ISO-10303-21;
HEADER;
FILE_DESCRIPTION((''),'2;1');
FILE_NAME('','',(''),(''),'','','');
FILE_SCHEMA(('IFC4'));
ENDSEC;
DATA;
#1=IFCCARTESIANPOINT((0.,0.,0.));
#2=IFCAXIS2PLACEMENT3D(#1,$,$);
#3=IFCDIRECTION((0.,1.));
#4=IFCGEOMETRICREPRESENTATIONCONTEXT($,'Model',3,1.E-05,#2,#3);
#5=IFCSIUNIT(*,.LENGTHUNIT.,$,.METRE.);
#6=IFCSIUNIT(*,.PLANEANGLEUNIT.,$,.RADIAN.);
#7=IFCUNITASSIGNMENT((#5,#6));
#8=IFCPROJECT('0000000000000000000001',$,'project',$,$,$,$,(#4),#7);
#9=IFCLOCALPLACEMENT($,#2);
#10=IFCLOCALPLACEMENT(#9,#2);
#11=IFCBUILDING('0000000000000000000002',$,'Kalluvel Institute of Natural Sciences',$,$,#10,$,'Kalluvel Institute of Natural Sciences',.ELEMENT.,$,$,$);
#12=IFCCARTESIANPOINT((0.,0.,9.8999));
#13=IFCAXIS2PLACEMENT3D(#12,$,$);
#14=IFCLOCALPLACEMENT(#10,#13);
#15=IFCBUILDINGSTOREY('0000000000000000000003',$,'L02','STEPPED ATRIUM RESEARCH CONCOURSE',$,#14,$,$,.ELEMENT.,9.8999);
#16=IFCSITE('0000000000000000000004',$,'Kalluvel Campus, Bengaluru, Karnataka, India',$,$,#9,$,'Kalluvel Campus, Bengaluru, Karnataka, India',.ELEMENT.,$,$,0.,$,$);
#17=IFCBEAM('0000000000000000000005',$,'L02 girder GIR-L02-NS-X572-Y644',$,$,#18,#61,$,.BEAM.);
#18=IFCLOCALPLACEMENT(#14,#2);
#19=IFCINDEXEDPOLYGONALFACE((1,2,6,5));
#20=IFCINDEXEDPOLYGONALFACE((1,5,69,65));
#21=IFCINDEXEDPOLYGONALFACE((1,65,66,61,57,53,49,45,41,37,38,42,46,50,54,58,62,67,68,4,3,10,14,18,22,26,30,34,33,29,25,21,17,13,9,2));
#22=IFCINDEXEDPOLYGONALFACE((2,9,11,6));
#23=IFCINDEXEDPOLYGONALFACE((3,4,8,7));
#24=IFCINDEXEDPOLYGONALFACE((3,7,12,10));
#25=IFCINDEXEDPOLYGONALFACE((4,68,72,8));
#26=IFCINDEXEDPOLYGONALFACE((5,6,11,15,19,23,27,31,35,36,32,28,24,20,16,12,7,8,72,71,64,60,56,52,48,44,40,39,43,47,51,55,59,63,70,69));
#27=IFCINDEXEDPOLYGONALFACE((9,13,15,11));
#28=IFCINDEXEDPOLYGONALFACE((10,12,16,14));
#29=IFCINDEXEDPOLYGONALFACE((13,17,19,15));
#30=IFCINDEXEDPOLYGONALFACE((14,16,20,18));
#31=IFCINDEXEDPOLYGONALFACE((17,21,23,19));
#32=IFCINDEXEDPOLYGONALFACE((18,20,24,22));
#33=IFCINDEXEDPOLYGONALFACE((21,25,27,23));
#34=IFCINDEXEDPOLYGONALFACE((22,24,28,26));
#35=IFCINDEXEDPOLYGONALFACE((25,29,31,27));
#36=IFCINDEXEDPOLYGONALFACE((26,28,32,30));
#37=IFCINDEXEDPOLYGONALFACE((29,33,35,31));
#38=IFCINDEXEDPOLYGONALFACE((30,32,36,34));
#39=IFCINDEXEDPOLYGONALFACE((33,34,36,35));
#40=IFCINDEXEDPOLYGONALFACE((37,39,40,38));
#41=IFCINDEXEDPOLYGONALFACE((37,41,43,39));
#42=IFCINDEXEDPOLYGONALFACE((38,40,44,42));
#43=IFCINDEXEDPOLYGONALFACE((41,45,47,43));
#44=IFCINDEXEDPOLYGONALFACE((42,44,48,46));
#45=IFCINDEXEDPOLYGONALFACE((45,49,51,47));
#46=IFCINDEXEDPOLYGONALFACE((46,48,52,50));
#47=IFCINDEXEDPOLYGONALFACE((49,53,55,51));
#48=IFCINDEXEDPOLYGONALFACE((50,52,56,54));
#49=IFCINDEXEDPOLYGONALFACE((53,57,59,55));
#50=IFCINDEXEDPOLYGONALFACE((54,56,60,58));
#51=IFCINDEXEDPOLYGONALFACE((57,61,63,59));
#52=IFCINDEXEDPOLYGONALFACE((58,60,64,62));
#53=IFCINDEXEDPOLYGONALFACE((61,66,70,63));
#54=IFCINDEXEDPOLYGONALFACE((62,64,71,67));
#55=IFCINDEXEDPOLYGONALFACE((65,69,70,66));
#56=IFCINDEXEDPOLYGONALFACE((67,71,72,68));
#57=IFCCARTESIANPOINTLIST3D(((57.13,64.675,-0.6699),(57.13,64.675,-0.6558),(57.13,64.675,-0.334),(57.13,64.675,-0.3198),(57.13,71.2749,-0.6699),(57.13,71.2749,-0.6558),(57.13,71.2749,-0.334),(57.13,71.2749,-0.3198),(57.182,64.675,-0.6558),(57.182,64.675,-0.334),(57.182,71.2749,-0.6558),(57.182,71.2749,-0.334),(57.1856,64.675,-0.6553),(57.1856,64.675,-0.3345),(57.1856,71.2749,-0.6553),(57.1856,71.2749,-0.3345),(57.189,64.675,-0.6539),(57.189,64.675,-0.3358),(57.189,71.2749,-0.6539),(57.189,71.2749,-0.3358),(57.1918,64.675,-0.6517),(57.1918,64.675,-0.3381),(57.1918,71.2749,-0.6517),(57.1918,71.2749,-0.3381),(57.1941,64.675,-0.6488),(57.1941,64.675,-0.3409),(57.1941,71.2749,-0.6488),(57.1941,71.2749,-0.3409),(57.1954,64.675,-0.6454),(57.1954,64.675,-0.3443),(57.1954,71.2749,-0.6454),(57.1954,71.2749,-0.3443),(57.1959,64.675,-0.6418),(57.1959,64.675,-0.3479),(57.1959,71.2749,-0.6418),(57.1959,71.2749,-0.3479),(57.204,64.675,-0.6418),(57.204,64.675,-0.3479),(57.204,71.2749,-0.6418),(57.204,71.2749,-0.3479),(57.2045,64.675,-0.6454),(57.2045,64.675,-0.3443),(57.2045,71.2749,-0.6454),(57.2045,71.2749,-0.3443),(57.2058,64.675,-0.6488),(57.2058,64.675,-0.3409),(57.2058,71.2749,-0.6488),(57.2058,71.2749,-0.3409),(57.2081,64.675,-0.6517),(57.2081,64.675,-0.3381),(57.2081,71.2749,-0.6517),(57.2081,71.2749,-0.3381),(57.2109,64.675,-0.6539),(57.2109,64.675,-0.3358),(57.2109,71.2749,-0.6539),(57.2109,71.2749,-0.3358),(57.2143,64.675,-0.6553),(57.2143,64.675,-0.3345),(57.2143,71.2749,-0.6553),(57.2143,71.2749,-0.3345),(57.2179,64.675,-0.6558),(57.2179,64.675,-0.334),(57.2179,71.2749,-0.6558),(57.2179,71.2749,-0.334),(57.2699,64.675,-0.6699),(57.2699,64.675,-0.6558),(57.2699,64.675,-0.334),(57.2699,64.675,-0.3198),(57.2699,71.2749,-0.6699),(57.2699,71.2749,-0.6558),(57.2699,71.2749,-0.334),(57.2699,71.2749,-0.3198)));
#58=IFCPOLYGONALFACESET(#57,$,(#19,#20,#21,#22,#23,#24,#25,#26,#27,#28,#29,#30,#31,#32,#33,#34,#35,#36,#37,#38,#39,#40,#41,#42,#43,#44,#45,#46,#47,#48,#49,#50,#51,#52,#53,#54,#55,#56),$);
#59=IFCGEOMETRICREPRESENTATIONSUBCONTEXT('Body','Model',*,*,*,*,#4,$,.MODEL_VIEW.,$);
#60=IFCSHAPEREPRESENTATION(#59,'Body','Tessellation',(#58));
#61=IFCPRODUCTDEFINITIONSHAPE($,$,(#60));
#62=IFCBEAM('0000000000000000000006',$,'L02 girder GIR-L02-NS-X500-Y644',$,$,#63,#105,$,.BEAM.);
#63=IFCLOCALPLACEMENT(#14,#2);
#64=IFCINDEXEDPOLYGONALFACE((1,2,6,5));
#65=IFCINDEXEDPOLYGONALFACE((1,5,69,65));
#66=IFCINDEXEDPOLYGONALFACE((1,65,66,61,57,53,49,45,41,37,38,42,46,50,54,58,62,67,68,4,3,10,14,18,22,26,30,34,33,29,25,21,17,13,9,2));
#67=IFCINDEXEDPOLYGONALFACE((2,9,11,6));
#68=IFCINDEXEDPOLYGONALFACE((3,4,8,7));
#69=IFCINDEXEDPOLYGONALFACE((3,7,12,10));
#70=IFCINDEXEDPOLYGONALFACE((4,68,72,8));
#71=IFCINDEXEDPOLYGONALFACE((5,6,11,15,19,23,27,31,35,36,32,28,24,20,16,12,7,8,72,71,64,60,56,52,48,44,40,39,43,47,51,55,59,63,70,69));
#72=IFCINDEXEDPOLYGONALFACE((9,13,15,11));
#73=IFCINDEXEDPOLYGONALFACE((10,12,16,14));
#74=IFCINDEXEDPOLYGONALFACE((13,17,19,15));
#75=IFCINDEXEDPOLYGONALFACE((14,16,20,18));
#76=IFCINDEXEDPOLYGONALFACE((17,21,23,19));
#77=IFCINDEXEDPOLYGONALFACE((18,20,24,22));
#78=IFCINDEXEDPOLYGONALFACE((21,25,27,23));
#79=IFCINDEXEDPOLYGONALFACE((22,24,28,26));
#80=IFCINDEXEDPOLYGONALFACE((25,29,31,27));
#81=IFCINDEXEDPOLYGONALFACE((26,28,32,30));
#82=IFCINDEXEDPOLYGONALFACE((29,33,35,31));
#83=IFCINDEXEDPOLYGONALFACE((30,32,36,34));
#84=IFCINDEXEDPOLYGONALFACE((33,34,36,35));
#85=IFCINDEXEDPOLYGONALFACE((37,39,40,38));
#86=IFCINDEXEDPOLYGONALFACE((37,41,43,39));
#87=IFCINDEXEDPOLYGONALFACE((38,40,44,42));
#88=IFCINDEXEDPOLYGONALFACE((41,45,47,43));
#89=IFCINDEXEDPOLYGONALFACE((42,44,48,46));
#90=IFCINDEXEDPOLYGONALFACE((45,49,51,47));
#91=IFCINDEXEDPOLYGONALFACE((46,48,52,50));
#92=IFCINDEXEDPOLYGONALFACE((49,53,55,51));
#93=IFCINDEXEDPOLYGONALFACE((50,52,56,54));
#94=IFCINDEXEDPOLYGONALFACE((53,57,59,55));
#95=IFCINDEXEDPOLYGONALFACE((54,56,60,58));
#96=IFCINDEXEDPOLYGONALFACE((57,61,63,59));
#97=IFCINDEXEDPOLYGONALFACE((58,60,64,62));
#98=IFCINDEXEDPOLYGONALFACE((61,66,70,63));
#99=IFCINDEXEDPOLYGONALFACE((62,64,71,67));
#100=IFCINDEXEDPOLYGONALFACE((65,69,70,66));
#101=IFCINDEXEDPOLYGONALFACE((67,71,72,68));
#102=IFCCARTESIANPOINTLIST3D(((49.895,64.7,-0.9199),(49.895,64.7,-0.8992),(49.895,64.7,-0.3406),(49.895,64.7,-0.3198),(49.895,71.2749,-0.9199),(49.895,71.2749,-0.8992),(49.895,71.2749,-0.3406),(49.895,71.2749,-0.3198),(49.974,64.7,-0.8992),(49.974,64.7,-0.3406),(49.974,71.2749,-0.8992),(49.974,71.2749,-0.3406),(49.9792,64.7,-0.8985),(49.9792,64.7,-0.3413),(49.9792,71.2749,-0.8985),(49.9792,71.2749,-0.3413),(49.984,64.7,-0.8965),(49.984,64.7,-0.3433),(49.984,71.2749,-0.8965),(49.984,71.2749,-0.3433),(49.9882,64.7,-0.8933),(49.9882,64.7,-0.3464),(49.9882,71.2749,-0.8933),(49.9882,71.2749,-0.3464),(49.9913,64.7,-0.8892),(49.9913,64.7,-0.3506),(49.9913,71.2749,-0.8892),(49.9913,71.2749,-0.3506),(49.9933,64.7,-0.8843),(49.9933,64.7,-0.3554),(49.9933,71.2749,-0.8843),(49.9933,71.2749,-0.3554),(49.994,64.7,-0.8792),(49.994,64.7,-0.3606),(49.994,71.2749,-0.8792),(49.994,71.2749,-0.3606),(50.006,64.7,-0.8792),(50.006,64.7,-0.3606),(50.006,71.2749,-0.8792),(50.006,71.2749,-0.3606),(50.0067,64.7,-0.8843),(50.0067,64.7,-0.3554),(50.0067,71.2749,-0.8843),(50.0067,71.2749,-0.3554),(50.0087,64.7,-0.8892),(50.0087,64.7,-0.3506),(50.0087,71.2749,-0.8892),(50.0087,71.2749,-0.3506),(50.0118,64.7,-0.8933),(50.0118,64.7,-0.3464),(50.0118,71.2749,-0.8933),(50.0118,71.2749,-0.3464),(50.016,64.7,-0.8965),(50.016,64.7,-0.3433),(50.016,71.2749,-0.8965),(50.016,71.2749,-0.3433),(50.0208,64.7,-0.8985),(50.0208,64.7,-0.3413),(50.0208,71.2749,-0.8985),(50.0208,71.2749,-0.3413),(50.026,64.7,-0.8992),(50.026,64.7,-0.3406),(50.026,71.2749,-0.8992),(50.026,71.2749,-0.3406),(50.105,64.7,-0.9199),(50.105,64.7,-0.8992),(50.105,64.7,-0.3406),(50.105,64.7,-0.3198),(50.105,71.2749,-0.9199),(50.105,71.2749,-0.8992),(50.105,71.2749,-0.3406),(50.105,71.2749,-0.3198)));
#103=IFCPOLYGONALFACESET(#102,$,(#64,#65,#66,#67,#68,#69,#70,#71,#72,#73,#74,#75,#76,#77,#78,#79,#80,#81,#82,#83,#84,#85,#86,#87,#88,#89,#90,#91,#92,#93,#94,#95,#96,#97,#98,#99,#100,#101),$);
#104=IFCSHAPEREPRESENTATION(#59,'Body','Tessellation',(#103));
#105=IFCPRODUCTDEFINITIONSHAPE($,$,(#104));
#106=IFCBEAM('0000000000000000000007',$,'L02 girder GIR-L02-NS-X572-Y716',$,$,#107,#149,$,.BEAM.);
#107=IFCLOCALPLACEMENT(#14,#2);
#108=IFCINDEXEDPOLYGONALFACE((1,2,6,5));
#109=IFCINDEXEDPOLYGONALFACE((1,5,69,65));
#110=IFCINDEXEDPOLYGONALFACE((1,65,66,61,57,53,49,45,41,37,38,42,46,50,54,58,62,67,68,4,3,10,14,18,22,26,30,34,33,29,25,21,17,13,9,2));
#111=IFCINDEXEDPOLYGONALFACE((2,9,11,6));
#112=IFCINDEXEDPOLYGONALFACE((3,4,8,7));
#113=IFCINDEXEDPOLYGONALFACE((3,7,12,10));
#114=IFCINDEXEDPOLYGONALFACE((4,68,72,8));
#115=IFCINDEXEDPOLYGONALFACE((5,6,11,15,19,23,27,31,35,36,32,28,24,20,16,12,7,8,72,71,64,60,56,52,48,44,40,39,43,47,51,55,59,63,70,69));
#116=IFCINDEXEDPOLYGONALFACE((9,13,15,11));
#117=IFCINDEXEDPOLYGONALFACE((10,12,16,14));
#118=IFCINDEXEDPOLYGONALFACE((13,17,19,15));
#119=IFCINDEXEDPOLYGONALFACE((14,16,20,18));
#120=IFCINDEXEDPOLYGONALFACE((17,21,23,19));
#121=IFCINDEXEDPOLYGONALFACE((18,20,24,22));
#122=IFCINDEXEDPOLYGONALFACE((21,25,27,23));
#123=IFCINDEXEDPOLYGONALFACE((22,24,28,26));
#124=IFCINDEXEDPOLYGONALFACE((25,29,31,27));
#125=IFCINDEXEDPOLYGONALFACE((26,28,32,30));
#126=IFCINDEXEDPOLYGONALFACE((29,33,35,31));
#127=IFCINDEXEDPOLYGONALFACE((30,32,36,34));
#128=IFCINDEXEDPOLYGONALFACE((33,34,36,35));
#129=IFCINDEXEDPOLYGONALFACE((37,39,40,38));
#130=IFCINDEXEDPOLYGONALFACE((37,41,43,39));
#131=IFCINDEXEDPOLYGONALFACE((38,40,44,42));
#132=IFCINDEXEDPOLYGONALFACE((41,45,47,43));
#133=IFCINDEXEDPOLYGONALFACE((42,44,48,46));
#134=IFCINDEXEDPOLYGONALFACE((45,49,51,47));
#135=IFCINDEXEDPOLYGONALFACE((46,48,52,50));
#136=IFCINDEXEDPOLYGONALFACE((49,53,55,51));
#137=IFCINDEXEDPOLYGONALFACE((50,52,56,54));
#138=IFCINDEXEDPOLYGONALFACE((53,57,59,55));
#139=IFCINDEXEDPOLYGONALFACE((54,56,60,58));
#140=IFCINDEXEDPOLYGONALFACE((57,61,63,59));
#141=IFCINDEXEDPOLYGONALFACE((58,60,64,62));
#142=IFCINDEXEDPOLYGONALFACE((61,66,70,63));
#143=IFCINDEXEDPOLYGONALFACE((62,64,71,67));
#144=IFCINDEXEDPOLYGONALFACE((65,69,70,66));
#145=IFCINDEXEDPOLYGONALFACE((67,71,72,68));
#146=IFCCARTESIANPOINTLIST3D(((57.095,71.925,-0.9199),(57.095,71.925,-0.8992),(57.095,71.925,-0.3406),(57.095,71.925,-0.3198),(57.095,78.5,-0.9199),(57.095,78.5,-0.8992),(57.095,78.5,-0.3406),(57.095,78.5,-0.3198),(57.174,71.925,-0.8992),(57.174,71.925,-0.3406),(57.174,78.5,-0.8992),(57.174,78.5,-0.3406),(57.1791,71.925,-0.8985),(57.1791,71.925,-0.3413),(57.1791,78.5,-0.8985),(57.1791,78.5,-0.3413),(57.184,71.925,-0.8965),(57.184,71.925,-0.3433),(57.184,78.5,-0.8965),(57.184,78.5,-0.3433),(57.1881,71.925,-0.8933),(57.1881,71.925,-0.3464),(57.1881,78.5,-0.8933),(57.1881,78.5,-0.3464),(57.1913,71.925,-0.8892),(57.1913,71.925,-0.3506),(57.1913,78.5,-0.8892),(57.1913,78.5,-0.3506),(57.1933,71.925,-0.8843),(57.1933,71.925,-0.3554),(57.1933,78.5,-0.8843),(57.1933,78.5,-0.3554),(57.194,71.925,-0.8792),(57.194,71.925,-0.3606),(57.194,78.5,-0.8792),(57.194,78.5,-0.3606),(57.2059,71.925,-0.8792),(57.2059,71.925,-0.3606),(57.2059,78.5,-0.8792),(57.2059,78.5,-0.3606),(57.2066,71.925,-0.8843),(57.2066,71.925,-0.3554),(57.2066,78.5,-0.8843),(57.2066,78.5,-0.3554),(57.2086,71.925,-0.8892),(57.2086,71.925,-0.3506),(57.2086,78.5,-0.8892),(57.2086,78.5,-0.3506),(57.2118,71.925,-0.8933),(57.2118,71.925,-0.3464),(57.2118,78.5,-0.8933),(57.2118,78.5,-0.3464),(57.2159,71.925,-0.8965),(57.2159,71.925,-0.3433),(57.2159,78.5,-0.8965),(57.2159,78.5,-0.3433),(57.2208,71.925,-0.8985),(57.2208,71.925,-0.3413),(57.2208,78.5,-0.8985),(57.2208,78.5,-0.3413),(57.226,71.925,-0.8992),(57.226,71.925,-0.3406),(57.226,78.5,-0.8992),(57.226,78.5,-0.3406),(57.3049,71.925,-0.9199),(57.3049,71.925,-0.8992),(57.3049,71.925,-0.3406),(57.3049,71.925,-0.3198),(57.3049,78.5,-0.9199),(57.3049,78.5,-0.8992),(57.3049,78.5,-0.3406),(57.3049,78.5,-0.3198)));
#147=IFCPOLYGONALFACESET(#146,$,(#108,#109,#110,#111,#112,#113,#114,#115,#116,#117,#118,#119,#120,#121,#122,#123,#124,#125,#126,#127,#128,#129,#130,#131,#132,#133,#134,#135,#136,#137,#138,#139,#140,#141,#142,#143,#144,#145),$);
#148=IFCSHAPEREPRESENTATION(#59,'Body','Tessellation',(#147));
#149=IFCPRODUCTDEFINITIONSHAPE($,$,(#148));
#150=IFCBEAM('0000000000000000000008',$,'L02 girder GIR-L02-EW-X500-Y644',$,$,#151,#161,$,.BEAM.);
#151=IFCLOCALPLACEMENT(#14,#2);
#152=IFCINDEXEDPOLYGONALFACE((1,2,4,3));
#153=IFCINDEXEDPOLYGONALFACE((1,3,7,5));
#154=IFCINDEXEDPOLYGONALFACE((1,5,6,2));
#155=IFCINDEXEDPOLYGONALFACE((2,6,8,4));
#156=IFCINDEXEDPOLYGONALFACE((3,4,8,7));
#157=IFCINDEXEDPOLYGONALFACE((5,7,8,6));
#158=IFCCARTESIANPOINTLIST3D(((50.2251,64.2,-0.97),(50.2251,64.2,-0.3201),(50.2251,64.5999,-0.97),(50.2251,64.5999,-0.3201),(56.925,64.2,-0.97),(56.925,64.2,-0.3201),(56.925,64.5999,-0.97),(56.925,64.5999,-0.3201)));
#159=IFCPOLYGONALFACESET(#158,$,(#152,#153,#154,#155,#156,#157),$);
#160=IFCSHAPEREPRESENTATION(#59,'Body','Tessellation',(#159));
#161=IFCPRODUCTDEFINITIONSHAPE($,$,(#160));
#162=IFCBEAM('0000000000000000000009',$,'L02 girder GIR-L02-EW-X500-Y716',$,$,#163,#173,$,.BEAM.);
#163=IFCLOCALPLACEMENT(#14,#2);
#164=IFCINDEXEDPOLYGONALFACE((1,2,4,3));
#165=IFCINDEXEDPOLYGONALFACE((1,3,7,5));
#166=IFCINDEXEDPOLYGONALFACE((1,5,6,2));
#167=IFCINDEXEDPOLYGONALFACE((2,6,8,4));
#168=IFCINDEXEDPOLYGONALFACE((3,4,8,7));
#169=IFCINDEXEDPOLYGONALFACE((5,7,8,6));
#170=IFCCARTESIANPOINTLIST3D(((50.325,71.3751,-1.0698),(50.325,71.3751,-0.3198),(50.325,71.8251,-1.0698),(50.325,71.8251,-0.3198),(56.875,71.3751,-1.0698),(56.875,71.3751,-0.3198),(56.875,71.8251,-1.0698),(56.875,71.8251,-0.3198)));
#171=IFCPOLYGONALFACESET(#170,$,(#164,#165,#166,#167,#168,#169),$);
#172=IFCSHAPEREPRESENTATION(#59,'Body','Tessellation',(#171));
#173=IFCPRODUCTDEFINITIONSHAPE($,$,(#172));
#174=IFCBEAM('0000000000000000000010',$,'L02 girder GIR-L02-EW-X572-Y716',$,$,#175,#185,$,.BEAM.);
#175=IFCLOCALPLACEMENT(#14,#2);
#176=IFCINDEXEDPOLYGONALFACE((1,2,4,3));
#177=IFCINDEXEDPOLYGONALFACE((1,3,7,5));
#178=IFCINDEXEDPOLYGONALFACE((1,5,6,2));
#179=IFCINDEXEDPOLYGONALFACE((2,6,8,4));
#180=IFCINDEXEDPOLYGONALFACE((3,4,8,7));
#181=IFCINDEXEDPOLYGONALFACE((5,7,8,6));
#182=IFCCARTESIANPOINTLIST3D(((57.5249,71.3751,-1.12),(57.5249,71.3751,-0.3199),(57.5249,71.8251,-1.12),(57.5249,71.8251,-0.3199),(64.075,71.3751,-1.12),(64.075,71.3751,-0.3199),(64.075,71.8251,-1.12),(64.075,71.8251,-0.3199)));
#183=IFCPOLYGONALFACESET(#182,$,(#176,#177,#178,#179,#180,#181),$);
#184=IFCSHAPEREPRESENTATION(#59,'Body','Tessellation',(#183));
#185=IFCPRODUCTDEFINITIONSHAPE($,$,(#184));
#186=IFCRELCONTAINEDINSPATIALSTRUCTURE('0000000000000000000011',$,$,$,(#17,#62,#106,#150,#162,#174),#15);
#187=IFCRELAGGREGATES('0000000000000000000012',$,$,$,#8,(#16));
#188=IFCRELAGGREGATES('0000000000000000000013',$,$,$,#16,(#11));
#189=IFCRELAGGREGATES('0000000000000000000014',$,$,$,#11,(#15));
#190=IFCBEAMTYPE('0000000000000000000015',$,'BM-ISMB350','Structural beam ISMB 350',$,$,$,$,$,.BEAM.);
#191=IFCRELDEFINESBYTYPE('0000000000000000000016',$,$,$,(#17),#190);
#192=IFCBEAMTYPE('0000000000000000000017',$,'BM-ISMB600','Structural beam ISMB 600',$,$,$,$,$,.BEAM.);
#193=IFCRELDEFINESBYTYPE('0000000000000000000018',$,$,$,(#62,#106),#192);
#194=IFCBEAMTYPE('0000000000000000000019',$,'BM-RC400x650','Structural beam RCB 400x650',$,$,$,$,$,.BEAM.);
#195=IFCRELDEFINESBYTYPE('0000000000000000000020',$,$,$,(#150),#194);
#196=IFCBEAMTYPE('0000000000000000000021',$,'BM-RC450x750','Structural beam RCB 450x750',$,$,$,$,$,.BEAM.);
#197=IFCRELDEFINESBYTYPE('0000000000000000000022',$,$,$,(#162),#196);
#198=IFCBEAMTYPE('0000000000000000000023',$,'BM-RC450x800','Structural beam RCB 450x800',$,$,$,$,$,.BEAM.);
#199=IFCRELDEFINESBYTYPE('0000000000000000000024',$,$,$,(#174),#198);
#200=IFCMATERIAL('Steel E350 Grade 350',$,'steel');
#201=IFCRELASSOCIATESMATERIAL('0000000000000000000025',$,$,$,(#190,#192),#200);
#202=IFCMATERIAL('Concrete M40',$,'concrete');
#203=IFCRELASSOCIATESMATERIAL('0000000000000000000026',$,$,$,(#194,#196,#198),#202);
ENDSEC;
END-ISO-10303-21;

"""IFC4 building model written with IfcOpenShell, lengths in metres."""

from ifc_helpers import new_model, si_unit, direction, frame, origin, origin_2d, place, context, subcontext, project, spatial, rectangle, i_section, extrude, material, material_profile, profile_set, type_object, element, save


model = new_model("IFC4")

# Units and contexts
model_context = context("Model", 3, precision=1e-05, world=origin(), true_north=direction((0.0, 1.0)))
body_context = subcontext(model_context, "Body", "Model", "MODEL_VIEW")
ifc_project = project(units=[si_unit("LENGTHUNIT", "METRE"), si_unit("PLANEANGLEUNIT", "RADIAN")], contexts=[model_context])

# Site, building, storey
site_placement = place(None, origin())
site = spatial("IfcSite", under=ifc_project, at=site_placement, Name="Kalluvel Campus, Bengaluru, Karnataka, India", LongName="Kalluvel Campus, Bengaluru, Karnataka, India", CompositionType="ELEMENT", RefElevation=0.0)
building_placement = place(site_placement, origin())
building = spatial("IfcBuilding", under=site, at=building_placement, Name="Kalluvel Institute of Natural Sciences", LongName="Kalluvel Institute of Natural Sciences", CompositionType="ELEMENT")
storey_placement = place(building_placement, frame((0.0, 0.0, 9.8999)))
storey = spatial("IfcBuildingStorey", under=building, at=storey_placement, Name="L02", Description="STEPPED ATRIUM RESEARCH CONCOURSE", CompositionType="ELEMENT", Elevation=9.8999)

# Shared definitions
ifc_material_1 = material(Name="Concrete M40", Category="concrete")

# Beams
ifc_material_2 = material(Name="Steel E350 Grade 350", Category="steel")
ifc_material_profile_1 = material_profile(ifc_material_2, i_section(OverallWidth=0.1399, OverallDepth=0.3501, WebThickness=0.0081, FlangeThickness=0.0142, FilletRadius=0.0139, at=origin_2d()), Name="ISMB 350")
ifc_profile_set_1 = profile_set([ifc_material_profile_1], Name="Steel E350 Grade 350")
beam_type_1 = type_object("IfcBeamType", Name="BM-ISMB350", Description="Structural beam ISMB 350", PredefinedType="BEAM", material=ifc_profile_set_1)
beam_1_placement = place(storey_placement, frame((57.2, 64.675, -0.4949), z_axis=(0.0, 1.0, 0.0), x_axis=(-1.0, 0.0, 0.0)))
element("IfcBeam", 1, at=beam_1_placement, inside=storey, type_object=beam_type_1, Name="L02 girder GIR-L02-NS-X572-Y644", PredefinedType="BEAM", context=body_context, shape_type="SweptSolid", body=[
    extrude(i_section(OverallWidth=0.1399, OverallDepth=0.3501, WebThickness=0.0081, FlangeThickness=0.0142, FilletRadius=0.0139, at=origin_2d()), origin(), (0.0, 0.0, 1.0), 6.5999),
])
ifc_material_profile_2 = material_profile(ifc_material_2, i_section(OverallWidth=0.21, OverallDepth=0.6001, WebThickness=0.012, FlangeThickness=0.0208, FilletRadius=0.02, at=origin_2d()), Name="ISMB 600")
ifc_profile_set_2 = profile_set([ifc_material_profile_2], Name="Steel E350 Grade 350")
beam_type_2 = type_object("IfcBeamType", Name="BM-ISMB600", Description="Structural beam ISMB 600", PredefinedType="BEAM", material=ifc_profile_set_2)
for number, where, z_axis, x_axis, name in (
    (2, (50.0, 64.7, -0.6199), (0.0, 1.0, 0.0), (-1.0, 0.0, 0.0), "L02 girder GIR-L02-NS-X500-Y644"),
    (3, (57.2, 71.925, -0.6199), (0.0, 1.0, 0.0), (-1.0, 0.0, 0.0), "L02 girder GIR-L02-NS-X572-Y716"),
):
    element("IfcBeam", number, at=place(storey_placement, frame(where, z_axis=z_axis, x_axis=x_axis)), inside=storey, type_object=beam_type_2, Name=name, PredefinedType="BEAM", context=body_context, shape_type="SweptSolid", body=[
        extrude(i_section(OverallWidth=0.21, OverallDepth=0.6001, WebThickness=0.012, FlangeThickness=0.0208, FilletRadius=0.02, at=origin_2d()), origin(), (0.0, 0.0, 1.0), 6.575),
    ])
ifc_material_profile_3 = material_profile(ifc_material_1, rectangle(XDim=0.3999, YDim=0.6499, at=origin_2d()), Name="RCB 400x650")
ifc_profile_set_3 = profile_set([ifc_material_profile_3], Name="Concrete M40")
beam_type_3 = type_object("IfcBeamType", Name="BM-RC400x650", Description="Structural beam RCB 400x650", PredefinedType="BEAM", material=ifc_profile_set_3)
beam_2_placement = place(storey_placement, frame((50.2251, 64.3999, -0.645), z_axis=(1.0, 0.0, 0.0), x_axis=(0.0, 1.0, 0.0)))
element("IfcBeam", 4, at=beam_2_placement, inside=storey, type_object=beam_type_3, Name="L02 girder GIR-L02-EW-X500-Y644", PredefinedType="BEAM", context=body_context, shape_type="SweptSolid", body=[
    extrude(rectangle(XDim=0.3999, YDim=0.6499, at=origin_2d()), origin(), (0.0, 0.0, 1.0), 6.7),
])
ifc_material_profile_4 = material_profile(ifc_material_1, rectangle(XDim=0.45, YDim=0.75, at=origin_2d()), Name="RCB 450x750")
ifc_profile_set_4 = profile_set([ifc_material_profile_4], Name="Concrete M40")
beam_type_4 = type_object("IfcBeamType", Name="BM-RC450x750", Description="Structural beam RCB 450x750", PredefinedType="BEAM", material=ifc_profile_set_4)
beam_3_placement = place(storey_placement, frame((50.325, 71.6001, -0.6948), z_axis=(1.0, 0.0, 0.0), x_axis=(0.0, 1.0, 0.0)))
element("IfcBeam", 5, at=beam_3_placement, inside=storey, type_object=beam_type_4, Name="L02 girder GIR-L02-EW-X500-Y716", PredefinedType="BEAM", context=body_context, shape_type="SweptSolid", body=[
    extrude(rectangle(XDim=0.45, YDim=0.75, at=origin_2d()), origin(), (0.0, 0.0, 1.0), 6.55),
])
ifc_material_profile_5 = material_profile(ifc_material_1, rectangle(XDim=0.45, YDim=0.8, at=origin_2d()), Name="RCB 450x800")
ifc_profile_set_5 = profile_set([ifc_material_profile_5], Name="Concrete M40")
beam_type_5 = type_object("IfcBeamType", Name="BM-RC450x800", Description="Structural beam RCB 450x800", PredefinedType="BEAM", material=ifc_profile_set_5)
beam_4_placement = place(storey_placement, frame((57.5249, 71.6001, -0.72), z_axis=(1.0, 0.0, 0.0), x_axis=(0.0, 1.0, 0.0)))
element("IfcBeam", 6, at=beam_4_placement, inside=storey, type_object=beam_type_5, Name="L02 girder GIR-L02-EW-X572-Y716", PredefinedType="BEAM", context=body_context, shape_type="SweptSolid", body=[
    extrude(rectangle(XDim=0.45, YDim=0.8, at=origin_2d()), origin(), (0.0, 0.0, 1.0), 6.55),
])

save(model, "model.ifc")
